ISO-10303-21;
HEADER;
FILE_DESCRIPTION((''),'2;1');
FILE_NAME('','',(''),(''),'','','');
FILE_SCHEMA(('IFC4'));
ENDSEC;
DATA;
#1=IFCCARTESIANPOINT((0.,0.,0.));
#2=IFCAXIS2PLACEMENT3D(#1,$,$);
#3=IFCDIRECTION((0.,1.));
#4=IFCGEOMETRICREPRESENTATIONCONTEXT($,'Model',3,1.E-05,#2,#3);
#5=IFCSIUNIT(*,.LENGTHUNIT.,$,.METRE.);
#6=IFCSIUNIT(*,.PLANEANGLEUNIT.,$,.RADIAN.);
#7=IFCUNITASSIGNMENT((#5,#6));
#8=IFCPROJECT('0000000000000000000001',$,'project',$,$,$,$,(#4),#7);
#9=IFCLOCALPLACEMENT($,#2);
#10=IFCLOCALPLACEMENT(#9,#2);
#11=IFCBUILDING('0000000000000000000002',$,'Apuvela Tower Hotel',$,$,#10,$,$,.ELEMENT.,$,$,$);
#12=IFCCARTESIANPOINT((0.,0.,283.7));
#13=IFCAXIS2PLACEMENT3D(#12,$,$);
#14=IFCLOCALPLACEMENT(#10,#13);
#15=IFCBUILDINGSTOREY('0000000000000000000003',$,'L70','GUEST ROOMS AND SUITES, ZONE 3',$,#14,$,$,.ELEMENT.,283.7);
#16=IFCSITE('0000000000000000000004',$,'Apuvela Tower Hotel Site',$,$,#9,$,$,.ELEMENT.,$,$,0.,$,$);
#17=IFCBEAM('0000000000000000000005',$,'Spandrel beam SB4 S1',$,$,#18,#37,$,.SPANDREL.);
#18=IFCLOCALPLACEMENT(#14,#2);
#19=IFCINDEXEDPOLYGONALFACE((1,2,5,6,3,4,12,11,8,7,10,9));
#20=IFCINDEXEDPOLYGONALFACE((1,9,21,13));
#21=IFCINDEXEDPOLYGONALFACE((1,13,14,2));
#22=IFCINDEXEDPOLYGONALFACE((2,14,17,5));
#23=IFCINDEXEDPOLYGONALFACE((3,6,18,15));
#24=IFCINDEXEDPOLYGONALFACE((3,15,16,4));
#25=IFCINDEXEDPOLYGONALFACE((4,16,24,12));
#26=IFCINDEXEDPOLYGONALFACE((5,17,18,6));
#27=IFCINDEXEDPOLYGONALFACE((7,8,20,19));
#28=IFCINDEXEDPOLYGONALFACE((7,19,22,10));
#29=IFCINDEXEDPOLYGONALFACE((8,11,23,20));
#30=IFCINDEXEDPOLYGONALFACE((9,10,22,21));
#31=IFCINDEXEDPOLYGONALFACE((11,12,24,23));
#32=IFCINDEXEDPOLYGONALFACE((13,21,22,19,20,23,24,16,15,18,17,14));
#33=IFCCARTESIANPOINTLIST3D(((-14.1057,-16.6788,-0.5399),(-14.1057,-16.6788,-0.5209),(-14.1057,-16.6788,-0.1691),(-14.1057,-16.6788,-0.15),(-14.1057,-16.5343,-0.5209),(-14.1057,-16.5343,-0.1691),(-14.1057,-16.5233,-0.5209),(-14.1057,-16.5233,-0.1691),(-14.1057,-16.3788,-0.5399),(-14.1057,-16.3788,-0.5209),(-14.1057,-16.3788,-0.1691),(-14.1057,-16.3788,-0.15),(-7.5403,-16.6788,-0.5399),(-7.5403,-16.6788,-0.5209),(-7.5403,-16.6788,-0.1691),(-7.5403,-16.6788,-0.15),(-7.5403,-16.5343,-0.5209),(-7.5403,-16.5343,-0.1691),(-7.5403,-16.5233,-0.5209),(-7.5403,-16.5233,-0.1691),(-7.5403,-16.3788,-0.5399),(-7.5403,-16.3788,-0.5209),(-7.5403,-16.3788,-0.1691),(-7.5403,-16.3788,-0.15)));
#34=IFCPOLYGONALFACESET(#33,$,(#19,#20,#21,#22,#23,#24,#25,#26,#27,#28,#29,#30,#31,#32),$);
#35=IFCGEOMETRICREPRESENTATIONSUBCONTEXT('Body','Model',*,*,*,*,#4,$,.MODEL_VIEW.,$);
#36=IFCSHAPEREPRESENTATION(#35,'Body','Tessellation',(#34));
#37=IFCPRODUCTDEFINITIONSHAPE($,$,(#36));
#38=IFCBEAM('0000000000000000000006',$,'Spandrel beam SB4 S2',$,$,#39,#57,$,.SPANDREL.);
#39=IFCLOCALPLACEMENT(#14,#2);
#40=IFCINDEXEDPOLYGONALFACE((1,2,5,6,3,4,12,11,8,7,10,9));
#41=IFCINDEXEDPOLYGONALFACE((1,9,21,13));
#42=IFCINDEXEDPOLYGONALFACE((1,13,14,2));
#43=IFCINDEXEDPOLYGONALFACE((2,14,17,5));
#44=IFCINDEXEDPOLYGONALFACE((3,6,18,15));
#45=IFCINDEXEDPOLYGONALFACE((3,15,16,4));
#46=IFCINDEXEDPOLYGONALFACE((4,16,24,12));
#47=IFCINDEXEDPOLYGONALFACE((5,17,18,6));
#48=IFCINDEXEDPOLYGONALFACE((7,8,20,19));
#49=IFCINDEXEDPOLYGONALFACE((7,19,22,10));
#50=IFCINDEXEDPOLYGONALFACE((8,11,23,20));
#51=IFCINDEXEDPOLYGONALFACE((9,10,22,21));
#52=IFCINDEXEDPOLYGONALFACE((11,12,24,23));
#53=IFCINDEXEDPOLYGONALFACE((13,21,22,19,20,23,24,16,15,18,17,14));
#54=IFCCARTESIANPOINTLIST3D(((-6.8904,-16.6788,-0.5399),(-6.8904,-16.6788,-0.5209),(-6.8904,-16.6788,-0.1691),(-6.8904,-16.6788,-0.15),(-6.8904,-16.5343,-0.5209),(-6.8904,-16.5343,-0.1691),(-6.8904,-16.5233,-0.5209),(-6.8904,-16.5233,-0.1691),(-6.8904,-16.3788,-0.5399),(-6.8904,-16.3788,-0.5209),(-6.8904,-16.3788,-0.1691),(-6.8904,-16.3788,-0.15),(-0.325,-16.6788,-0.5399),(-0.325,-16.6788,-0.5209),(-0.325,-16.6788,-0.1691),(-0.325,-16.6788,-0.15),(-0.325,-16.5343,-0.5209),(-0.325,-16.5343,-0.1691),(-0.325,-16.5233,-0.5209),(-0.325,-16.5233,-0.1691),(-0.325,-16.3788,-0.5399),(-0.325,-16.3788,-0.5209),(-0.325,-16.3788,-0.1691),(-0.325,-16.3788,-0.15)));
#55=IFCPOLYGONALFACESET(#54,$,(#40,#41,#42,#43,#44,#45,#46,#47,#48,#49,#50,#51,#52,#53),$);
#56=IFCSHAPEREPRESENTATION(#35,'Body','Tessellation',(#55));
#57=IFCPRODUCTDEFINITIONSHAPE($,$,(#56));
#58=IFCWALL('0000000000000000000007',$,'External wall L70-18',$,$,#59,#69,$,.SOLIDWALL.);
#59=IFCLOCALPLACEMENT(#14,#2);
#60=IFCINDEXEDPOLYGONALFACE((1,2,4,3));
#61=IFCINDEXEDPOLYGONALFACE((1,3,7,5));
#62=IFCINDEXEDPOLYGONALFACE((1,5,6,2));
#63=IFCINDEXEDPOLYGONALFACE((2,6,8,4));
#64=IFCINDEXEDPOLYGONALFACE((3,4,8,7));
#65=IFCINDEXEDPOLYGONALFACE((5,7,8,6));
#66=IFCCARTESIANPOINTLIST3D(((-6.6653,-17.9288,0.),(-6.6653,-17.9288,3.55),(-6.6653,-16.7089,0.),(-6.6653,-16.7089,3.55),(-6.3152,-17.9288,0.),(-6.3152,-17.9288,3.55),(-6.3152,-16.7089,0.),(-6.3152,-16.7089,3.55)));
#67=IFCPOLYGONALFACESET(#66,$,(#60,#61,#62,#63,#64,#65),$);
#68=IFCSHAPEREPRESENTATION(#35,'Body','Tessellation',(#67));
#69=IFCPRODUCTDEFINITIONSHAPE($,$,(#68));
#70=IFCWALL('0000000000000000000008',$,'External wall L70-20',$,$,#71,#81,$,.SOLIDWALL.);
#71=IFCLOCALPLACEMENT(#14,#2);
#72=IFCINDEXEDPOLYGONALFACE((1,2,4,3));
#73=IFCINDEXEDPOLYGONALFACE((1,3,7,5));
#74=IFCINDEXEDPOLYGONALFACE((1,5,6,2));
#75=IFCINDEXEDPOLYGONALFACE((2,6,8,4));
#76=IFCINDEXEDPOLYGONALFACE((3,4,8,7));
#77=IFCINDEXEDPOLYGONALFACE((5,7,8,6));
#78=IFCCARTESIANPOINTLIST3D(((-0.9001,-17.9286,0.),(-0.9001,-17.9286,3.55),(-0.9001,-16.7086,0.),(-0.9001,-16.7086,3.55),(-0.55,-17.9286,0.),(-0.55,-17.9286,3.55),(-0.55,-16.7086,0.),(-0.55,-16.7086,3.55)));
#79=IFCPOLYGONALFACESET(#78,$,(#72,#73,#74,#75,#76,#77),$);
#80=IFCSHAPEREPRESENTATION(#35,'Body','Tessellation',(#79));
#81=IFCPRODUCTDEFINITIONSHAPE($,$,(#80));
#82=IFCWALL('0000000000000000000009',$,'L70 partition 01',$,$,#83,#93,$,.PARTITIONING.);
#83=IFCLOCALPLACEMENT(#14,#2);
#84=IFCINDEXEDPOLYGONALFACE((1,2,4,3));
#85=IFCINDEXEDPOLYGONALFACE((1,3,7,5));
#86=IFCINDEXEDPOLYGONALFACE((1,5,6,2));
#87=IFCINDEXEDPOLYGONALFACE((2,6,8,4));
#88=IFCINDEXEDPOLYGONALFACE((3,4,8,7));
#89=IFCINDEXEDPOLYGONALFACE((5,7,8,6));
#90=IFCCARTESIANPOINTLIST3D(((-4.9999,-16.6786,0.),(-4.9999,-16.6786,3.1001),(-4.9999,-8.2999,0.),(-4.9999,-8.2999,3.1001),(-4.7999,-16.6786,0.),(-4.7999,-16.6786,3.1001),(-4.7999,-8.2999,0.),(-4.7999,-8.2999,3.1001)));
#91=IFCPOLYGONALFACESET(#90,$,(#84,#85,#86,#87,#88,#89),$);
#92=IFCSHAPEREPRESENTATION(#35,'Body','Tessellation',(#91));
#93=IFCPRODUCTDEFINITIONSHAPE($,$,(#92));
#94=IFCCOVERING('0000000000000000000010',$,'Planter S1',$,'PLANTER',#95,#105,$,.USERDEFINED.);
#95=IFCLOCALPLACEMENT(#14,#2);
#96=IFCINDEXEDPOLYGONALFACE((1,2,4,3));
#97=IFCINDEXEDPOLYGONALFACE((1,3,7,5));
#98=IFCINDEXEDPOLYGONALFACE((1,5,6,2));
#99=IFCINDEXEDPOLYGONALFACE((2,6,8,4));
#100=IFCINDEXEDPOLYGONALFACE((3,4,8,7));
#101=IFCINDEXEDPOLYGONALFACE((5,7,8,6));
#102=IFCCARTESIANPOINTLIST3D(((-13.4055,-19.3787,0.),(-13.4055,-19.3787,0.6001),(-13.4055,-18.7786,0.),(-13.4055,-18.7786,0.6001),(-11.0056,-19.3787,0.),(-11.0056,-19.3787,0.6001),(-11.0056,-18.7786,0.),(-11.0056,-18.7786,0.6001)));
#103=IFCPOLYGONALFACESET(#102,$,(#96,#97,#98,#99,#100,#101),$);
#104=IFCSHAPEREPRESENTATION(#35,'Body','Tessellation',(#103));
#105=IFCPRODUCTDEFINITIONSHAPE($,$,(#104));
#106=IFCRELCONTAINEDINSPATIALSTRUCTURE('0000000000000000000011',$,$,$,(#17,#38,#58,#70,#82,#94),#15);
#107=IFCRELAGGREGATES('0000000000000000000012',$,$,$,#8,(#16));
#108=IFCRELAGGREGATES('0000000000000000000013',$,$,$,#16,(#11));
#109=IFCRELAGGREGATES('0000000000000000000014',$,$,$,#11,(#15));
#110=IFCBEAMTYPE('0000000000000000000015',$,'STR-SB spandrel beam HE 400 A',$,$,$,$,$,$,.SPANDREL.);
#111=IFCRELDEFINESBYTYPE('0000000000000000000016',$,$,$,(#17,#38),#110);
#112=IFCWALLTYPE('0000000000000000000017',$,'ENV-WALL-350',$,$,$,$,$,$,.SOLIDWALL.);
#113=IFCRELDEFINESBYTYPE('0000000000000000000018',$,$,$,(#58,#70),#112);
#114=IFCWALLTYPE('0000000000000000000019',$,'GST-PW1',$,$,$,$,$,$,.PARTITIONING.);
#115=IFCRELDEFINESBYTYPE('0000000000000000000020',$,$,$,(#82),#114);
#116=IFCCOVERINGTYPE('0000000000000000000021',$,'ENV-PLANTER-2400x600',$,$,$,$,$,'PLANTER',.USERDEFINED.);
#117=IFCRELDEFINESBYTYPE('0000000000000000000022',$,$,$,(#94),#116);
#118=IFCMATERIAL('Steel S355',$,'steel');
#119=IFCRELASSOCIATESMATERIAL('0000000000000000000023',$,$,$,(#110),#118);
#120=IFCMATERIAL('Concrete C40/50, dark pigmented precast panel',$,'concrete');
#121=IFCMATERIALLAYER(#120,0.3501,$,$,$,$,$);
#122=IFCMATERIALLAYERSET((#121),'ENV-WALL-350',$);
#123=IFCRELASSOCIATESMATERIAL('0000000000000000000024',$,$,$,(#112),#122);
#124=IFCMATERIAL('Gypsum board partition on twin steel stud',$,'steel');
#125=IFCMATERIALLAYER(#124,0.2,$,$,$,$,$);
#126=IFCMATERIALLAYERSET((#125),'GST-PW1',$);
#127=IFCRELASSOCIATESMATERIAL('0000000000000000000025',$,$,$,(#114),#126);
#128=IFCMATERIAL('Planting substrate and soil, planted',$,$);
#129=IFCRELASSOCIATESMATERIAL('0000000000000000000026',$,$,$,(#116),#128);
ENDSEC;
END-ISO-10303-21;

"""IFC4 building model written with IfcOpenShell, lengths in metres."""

from ifc_helpers import new_model, si_unit, direction, frame, frame_2d, origin, origin_2d, place, context, subcontext, project, spatial, rectangle, i_section, extrude, material, layer, layer_set, material_profile, profile_set, type_object, element, save


model = new_model("IFC4")

# Units and contexts
model_context = context("Model", 3, precision=1e-05, world=origin(), true_north=direction((0.0, 1.0)))
body_context = subcontext(model_context, "Body", "Model", "MODEL_VIEW")
ifc_project = project(units=[si_unit("LENGTHUNIT", "METRE"), si_unit("PLANEANGLEUNIT", "RADIAN")], contexts=[model_context])

# Site, building, storey
site_placement = place(None, origin())
site = spatial("IfcSite", under=ifc_project, at=site_placement, Name="Apuvela Tower Hotel Site", CompositionType="ELEMENT", RefElevation=0.0)
building_placement = place(site_placement, origin())
building = spatial("IfcBuilding", under=site, at=building_placement, Name="Apuvela Tower Hotel", CompositionType="ELEMENT")
storey_placement = place(building_placement, frame((0.0, 0.0, 283.7)))
storey = spatial("IfcBuildingStorey", under=building, at=storey_placement, Name="L70", Description="GUEST ROOMS AND SUITES, ZONE 3", CompositionType="ELEMENT", Elevation=283.7)

# Beams
ifc_material_1 = material(Name="Steel S355", Category="steel")
ifc_material_profile_1 = material_profile(ifc_material_1, i_section(OverallWidth=0.3, OverallDepth=0.3899, WebThickness=0.011, FlangeThickness=0.019, at=origin_2d()), Name="HE 400 A")
ifc_profile_set_1 = profile_set([ifc_material_profile_1], Name="Steel S355")
beam_type_1 = type_object("IfcBeamType", Name="STR-SB spandrel beam HE 400 A", PredefinedType="SPANDREL", material=ifc_profile_set_1)
for number, where, z_axis, x_axis, name in (
    (1, (-14.1057, -16.5288, -0.345), (1.0, 0.0, 0.0), (0.0, 1.0, 0.0), "Spandrel beam SB4 S1"),
    (2, (-6.8904, -16.5288, -0.345), (1.0, 0.0, 0.0), (0.0, 1.0, 0.0), "Spandrel beam SB4 S2"),
):
    element("IfcBeam", number, at=place(storey_placement, frame(where, z_axis=z_axis, x_axis=x_axis)), inside=storey, type_object=beam_type_1, Name=name, PredefinedType="SPANDREL", context=body_context, shape_type="SweptSolid", body=[
        extrude(i_section(OverallWidth=0.3, OverallDepth=0.3899, WebThickness=0.011, FlangeThickness=0.019, at=origin_2d()), origin(), (0.0, 0.0, 1.0), 6.5654),
    ])

# Wall
ifc_material_2 = material(Name="Concrete C40/50, dark pigmented precast panel", Category="concrete")
ifc_layer_1 = layer(ifc_material_2, 0.3501)
ifc_layer_set_1 = layer_set([ifc_layer_1], Name="ENV-WALL-350")
wall_type_1 = type_object("IfcWallType", Name="ENV-WALL-350", PredefinedType="SOLIDWALL", material=ifc_layer_set_1)
wall_1_placement = place(storey_placement, frame((-6.4902, -17.9287, 0.0), z_axis=(0.0, 0.0, 1.0), x_axis=(0.0, 1.0, 0.0)))
element("IfcWall", 3, at=wall_1_placement, inside=storey, type_object=wall_type_1, Name="External wall L70-18", PredefinedType="SOLIDWALL", context=body_context, shape_type="SweptSolid", body=[
    extrude(rectangle(XDim=1.22, YDim=0.3501, at=frame_2d((0.6099, 0.0))), origin(), (0.0, 0.0, 1.0), 3.55),
])

# Wall
wall_2_placement = place(storey_placement, frame((-0.7251, -16.7087, 0.0), z_axis=(0.0, 0.0, 1.0), x_axis=(0.0, -1.0, 0.0)))
element("IfcWall", 4, at=wall_2_placement, inside=storey, type_object=wall_type_1, Name="External wall L70-20", PredefinedType="SOLIDWALL", context=body_context, shape_type="SweptSolid", body=[
    extrude(rectangle(XDim=1.22, YDim=0.3501, at=frame_2d((0.6099, 0.0))), origin(), (0.0, 0.0, 1.0), 3.55),
])

# Wall
ifc_material_3 = material(Name="Gypsum board partition on twin steel stud", Category="steel")
ifc_layer_2 = layer(ifc_material_3, 0.2)
ifc_layer_set_2 = layer_set([ifc_layer_2], Name="GST-PW1")
wall_type_2 = type_object("IfcWallType", Name="GST-PW1", PredefinedType="PARTITIONING", material=ifc_layer_set_2)
wall_3_placement = place(storey_placement, frame((-4.8999, -16.6787, 0.0), z_axis=(0.0, 0.0, 1.0), x_axis=(0.0, 1.0, 0.0)))
element("IfcWall", 5, at=wall_3_placement, inside=storey, type_object=wall_type_2, Name="L70 partition 01", PredefinedType="PARTITIONING", context=body_context, shape_type="SweptSolid", body=[
    extrude(rectangle(XDim=8.3787, YDim=0.2, at=frame_2d((4.1895, 0.0))), origin(), (0.0, 0.0, 1.0), 3.1001),
])

# Covering
ifc_material_4 = material(Name="Planting substrate and soil, planted")
covering_type = type_object("IfcCoveringType", Name="ENV-PLANTER-2400x600", ElementType="PLANTER", PredefinedType="USERDEFINED", material=ifc_material_4)
covering_placement = place(storey_placement, frame((-12.2056, -19.0786, 0.0), z_axis=(0.0, 0.0, 1.0), x_axis=(1.0, 0.0, 0.0)))
element("IfcCovering", 6, at=covering_placement, inside=storey, type_object=covering_type, Name="Planter S1", ObjectType="PLANTER", PredefinedType="USERDEFINED", context=body_context, shape_type="SweptSolid", body=[
    extrude(rectangle(XDim=2.3999, YDim=0.6001, at=origin_2d()), origin(), (0.0, 0.0, 1.0), 0.6001),
])

save(model, "model.ifc")
